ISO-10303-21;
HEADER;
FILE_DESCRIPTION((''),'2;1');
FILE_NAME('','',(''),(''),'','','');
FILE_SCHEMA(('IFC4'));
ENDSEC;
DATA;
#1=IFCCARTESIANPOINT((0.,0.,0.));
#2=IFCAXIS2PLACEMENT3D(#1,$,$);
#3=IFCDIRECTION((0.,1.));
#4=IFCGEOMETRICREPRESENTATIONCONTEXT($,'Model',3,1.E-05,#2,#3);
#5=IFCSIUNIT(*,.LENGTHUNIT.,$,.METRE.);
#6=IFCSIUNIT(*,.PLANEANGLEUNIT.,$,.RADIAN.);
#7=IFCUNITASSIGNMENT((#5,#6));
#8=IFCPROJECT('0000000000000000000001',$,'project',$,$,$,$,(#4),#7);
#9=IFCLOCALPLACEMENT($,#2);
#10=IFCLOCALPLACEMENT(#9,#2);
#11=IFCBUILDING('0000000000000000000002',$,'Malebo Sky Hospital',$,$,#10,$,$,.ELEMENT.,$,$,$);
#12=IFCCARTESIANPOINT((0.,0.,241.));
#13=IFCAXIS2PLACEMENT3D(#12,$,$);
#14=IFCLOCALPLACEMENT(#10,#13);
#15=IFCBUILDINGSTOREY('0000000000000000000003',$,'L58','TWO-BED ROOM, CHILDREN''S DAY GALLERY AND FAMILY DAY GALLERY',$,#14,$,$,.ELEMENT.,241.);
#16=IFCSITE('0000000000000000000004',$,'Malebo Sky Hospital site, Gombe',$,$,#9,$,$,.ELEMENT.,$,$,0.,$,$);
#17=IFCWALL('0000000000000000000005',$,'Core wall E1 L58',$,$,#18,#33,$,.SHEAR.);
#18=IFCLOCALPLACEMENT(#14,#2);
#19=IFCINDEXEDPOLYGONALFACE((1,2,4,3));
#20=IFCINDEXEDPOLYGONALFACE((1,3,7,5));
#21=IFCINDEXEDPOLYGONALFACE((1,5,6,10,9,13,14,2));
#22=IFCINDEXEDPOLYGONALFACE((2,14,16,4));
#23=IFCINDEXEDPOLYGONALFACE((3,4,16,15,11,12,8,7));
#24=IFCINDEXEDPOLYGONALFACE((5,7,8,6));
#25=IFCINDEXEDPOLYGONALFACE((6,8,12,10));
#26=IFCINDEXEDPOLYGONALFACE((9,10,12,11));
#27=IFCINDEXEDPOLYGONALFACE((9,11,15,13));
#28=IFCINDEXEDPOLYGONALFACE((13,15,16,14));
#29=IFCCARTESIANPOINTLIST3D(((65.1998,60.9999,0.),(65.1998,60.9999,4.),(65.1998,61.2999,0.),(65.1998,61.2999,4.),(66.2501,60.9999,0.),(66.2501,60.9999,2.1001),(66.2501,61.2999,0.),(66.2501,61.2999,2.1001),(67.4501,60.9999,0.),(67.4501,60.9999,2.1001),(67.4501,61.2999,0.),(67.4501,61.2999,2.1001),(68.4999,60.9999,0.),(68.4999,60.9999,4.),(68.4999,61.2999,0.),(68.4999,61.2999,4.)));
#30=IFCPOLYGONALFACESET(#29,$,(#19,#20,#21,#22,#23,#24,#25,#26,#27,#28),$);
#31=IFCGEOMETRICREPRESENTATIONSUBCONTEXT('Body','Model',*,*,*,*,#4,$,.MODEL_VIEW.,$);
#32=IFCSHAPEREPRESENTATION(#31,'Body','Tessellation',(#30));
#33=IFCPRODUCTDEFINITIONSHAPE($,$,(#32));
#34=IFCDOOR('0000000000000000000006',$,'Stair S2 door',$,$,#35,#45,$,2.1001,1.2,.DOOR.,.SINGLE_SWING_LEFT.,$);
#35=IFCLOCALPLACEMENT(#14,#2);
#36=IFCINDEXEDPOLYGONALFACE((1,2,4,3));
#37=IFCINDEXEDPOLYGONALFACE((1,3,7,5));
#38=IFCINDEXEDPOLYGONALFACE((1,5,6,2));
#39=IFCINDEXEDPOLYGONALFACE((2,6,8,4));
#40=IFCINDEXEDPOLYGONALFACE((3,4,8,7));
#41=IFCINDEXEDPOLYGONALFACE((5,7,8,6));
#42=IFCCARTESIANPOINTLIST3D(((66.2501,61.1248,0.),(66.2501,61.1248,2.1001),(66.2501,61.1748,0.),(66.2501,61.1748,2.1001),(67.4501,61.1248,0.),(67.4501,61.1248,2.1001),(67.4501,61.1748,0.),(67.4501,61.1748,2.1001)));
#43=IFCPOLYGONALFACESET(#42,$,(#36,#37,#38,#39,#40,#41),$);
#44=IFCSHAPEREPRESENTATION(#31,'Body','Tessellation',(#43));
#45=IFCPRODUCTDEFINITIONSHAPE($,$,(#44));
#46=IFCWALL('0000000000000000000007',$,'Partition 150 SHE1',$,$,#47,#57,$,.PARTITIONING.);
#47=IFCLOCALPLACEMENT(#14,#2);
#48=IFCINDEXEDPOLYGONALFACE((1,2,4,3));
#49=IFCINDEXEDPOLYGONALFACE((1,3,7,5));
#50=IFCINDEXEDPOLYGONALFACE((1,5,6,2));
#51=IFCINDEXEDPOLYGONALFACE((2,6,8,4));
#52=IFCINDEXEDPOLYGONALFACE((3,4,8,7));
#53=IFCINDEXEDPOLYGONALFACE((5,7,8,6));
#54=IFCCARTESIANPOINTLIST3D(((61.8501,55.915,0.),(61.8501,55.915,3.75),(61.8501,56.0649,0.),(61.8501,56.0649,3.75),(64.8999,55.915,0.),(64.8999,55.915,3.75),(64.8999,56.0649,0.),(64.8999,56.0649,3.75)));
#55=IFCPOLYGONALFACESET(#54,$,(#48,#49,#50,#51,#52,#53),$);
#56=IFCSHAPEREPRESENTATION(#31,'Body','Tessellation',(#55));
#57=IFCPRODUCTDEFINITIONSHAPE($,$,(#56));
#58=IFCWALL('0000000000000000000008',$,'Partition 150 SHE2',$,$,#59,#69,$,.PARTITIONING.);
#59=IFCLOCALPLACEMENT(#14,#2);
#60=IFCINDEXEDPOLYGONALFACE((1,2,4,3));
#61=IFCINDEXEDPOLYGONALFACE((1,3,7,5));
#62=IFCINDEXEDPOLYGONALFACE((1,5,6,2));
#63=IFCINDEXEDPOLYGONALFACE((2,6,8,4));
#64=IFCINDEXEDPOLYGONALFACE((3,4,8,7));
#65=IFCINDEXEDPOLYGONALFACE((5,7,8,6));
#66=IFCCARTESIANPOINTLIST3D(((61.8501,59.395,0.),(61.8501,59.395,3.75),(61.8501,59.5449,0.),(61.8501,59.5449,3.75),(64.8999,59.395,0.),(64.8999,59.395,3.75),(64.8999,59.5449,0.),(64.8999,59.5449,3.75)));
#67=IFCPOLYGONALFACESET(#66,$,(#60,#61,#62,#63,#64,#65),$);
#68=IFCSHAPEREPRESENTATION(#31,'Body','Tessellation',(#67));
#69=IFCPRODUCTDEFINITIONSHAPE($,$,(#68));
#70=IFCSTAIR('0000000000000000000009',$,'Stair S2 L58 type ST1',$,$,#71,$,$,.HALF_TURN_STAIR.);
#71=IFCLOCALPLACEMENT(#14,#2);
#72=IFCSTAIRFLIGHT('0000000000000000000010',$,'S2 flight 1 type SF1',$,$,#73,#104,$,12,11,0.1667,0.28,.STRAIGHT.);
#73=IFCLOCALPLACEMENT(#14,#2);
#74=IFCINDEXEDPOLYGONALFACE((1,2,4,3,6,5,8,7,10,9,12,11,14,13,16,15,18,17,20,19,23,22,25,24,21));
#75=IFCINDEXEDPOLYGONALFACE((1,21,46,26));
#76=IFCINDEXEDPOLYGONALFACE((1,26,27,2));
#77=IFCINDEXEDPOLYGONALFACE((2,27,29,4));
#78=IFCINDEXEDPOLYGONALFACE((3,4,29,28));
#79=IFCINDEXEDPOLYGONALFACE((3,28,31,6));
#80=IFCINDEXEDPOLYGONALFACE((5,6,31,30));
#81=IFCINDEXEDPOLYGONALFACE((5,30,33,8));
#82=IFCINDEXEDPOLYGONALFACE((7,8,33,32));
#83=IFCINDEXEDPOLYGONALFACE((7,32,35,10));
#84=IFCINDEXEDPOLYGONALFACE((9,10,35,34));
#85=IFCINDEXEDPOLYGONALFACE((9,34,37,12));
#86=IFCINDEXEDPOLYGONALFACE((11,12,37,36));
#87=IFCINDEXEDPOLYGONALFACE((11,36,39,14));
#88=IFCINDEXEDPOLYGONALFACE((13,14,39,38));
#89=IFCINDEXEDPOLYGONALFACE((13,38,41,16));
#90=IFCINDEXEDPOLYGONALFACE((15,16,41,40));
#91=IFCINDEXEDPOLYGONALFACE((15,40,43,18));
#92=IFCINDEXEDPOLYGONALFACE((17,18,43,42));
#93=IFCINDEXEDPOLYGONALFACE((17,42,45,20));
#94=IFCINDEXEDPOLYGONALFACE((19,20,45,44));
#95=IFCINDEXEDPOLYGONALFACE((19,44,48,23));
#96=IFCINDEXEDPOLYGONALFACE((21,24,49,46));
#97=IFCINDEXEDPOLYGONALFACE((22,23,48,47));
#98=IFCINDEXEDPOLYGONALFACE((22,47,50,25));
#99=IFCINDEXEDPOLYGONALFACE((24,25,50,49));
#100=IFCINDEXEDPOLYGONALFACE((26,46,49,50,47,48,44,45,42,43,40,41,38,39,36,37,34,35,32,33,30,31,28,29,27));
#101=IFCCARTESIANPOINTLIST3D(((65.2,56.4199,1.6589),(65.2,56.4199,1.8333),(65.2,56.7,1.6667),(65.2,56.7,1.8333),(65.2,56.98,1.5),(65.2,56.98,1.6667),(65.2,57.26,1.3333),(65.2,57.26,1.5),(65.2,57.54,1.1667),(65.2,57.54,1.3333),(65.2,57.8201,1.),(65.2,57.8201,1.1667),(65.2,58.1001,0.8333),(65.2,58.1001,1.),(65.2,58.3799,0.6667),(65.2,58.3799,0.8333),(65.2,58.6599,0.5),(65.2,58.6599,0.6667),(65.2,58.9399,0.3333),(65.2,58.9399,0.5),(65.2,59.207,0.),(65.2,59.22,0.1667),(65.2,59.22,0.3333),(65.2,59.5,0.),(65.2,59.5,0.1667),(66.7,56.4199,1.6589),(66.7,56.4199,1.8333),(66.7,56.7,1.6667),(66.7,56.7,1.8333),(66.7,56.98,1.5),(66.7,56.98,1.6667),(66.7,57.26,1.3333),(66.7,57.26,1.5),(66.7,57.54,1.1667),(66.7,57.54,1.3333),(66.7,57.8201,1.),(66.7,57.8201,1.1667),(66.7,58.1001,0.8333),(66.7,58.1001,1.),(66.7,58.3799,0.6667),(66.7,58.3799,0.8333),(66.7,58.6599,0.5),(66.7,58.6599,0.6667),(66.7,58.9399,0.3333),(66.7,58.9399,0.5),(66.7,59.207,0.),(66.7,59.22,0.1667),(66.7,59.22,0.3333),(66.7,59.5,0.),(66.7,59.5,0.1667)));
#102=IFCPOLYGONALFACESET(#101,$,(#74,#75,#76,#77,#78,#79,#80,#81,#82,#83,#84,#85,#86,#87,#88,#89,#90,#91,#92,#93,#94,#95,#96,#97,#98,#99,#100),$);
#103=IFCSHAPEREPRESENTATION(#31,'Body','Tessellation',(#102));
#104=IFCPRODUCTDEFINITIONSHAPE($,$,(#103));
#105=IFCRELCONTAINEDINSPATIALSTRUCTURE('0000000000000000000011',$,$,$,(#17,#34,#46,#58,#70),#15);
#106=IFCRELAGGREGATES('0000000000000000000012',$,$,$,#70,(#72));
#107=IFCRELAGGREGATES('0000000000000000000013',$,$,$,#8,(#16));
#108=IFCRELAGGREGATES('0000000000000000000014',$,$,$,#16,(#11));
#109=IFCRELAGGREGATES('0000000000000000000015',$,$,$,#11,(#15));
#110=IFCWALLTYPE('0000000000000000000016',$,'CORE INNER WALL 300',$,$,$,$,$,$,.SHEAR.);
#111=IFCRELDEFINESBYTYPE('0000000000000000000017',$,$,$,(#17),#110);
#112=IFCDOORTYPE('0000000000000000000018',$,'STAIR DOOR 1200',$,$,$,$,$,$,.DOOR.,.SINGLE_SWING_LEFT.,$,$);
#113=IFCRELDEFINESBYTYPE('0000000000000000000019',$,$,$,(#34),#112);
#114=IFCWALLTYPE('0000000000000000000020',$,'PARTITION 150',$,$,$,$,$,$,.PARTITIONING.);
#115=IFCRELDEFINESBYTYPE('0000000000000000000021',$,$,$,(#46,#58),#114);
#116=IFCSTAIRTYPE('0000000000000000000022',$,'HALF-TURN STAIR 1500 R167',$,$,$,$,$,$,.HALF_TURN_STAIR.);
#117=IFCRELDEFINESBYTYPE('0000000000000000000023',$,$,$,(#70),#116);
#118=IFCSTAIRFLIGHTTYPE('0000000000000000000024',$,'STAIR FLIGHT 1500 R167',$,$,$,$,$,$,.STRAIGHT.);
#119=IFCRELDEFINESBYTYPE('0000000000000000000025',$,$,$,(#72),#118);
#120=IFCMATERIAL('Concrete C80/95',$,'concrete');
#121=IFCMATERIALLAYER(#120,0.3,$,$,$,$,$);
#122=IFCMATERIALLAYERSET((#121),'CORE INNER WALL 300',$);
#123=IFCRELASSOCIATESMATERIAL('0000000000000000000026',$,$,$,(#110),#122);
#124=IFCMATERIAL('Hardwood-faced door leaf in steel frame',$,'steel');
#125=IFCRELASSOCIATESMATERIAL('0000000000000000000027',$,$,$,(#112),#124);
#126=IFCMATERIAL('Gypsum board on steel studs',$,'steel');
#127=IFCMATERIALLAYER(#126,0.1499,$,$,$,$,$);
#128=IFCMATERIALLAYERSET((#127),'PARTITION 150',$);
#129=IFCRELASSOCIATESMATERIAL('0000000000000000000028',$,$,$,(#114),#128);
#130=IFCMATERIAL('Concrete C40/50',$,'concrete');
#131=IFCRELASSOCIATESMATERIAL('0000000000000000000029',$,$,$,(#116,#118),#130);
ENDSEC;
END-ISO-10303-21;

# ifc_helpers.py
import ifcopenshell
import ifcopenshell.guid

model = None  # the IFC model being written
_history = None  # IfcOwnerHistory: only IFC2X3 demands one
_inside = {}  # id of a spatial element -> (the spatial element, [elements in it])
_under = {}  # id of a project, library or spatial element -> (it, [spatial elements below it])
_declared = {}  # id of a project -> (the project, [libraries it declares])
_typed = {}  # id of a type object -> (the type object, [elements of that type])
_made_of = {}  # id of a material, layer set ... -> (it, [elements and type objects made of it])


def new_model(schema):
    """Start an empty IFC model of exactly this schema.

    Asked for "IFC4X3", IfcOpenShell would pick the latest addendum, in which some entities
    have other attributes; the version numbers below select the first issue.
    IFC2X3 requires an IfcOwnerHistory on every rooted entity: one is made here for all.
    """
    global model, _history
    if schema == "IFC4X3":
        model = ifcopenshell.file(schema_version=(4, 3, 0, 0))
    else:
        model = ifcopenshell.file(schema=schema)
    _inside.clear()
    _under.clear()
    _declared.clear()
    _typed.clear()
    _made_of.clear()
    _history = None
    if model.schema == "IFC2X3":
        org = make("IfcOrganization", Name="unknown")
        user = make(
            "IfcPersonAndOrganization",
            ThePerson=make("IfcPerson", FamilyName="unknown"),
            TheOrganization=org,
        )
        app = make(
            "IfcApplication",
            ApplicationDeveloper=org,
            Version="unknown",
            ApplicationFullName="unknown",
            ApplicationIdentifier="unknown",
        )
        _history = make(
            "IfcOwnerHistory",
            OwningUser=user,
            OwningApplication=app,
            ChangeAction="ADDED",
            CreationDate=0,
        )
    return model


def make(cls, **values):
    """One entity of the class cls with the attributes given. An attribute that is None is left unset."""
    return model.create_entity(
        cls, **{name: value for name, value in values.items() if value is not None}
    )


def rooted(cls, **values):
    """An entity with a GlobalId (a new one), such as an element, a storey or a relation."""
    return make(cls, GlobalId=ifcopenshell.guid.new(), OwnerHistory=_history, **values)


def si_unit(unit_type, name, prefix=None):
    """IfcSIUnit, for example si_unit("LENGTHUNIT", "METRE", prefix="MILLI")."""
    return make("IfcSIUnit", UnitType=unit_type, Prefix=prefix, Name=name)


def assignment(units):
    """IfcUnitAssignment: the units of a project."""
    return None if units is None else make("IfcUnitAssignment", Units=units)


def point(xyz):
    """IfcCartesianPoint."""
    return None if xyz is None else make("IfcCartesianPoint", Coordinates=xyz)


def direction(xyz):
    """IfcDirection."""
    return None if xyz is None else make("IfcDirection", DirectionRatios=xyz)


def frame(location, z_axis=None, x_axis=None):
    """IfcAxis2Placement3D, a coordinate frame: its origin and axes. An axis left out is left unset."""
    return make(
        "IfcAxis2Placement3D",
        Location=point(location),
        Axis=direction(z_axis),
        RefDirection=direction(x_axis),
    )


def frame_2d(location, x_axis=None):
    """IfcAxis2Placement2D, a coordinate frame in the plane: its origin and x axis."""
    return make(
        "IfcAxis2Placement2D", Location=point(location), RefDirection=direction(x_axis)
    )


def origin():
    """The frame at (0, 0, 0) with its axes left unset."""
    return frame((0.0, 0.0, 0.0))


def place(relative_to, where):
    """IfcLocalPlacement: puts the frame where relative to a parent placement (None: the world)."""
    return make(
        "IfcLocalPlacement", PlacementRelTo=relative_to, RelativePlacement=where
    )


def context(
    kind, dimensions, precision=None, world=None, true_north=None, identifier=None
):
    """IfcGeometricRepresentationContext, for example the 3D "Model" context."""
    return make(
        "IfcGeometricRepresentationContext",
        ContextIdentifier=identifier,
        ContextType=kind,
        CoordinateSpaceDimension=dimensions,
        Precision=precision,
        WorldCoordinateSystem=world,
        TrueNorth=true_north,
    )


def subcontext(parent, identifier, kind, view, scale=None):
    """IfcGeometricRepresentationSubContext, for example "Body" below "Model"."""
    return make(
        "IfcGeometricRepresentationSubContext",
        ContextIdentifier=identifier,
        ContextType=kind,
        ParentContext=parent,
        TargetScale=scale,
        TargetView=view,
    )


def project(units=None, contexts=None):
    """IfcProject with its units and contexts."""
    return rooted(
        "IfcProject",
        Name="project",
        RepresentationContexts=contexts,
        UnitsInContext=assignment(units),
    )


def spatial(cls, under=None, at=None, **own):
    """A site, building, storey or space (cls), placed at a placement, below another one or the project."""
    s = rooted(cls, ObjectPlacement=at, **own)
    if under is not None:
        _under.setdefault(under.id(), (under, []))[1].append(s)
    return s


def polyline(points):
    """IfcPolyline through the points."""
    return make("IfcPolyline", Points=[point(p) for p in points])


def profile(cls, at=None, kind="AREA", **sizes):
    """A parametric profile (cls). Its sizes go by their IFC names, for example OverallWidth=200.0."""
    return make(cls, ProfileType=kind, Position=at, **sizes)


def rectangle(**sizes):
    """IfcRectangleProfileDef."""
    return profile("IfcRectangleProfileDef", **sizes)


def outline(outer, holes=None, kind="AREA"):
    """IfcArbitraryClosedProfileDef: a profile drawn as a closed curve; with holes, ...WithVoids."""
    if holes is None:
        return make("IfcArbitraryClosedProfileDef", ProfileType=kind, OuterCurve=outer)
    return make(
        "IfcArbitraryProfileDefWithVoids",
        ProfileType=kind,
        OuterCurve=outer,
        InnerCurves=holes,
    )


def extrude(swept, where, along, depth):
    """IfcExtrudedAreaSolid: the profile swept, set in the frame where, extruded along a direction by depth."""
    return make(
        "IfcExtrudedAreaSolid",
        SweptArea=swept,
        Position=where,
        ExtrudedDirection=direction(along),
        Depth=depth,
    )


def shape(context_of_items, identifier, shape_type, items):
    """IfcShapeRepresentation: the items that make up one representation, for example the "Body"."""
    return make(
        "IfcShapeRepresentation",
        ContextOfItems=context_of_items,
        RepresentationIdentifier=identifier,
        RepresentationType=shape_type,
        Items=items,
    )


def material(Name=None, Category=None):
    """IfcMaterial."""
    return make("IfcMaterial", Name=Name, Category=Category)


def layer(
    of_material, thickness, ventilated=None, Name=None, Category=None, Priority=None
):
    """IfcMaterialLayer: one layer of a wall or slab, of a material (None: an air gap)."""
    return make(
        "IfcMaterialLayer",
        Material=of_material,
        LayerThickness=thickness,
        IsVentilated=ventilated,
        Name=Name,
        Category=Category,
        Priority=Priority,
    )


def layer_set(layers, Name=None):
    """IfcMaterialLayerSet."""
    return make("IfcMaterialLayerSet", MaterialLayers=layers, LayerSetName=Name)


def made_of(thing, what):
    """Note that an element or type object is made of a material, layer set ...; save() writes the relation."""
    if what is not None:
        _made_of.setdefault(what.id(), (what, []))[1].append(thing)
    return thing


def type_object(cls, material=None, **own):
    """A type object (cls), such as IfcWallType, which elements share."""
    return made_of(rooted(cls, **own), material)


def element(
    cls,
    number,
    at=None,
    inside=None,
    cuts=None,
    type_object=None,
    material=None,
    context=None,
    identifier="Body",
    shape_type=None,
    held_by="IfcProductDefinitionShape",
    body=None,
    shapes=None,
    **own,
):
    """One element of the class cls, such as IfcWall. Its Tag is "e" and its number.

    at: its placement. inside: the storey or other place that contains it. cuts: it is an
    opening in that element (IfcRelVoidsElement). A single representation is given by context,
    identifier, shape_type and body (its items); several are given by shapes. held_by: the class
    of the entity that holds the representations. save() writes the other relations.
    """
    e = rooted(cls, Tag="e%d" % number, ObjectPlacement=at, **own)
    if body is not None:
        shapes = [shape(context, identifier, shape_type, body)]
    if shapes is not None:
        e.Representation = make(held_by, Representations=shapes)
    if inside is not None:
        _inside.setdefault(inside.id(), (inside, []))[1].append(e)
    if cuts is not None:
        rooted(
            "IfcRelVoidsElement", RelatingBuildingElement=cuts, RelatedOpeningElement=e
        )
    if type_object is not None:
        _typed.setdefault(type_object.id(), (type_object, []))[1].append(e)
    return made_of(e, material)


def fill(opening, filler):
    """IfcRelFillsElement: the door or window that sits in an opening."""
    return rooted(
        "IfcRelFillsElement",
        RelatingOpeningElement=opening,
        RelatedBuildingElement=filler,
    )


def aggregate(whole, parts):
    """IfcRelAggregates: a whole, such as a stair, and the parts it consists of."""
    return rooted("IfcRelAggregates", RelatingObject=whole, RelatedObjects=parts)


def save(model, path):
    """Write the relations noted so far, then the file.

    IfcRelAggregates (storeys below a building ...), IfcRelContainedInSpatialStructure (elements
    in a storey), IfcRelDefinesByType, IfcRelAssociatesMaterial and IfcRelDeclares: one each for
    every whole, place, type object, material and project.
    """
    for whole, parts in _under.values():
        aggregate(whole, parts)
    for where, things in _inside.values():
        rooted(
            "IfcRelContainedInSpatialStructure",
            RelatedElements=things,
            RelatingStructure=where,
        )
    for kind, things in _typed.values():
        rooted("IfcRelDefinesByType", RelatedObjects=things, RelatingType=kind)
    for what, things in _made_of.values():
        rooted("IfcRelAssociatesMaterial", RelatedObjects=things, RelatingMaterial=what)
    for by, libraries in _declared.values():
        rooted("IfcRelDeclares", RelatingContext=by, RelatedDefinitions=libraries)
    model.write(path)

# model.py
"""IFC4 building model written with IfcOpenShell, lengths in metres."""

from ifc_helpers import new_model, si_unit, direction, frame, frame_2d, origin, place, context, subcontext, project, spatial, polyline, rectangle, outline, extrude, material, layer, layer_set, type_object, element, fill, aggregate, save


model = new_model("IFC4")

# Units and contexts
model_context = context("Model", 3, precision=1e-05, world=origin(), true_north=direction((0.0, 1.0)))
body_context = subcontext(model_context, "Body", "Model", "MODEL_VIEW")
ifc_project = project(units=[si_unit("LENGTHUNIT", "METRE"), si_unit("PLANEANGLEUNIT", "RADIAN")], contexts=[model_context])

# Site, building, storey
site_placement = place(None, origin())
site = spatial("IfcSite", under=ifc_project, at=site_placement, Name="Malebo Sky Hospital site, Gombe", CompositionType="ELEMENT", RefElevation=0.0)
building_placement = place(site_placement, origin())
building = spatial("IfcBuilding", under=site, at=building_placement, Name="Malebo Sky Hospital", CompositionType="ELEMENT")
storey_placement = place(building_placement, frame((0.0, 0.0, 241.0)))
storey = spatial("IfcBuildingStorey", under=building, at=storey_placement, Name="L58", Description="TWO-BED ROOM, CHILDREN'S DAY GALLERY AND FAMILY DAY GALLERY", CompositionType="ELEMENT", Elevation=241.0)

# Shared definitions
ifc_material_1 = material(Name="Concrete C80/95", Category="concrete")
ifc_material_2 = material(Name="Hardwood-faced door leaf in steel frame", Category="steel")

# Shared definitions
ifc_layer_1 = layer(ifc_material_1, 0.3)
ifc_layer_set_1 = layer_set([ifc_layer_1], Name="CORE INNER WALL 300")
wall_type_1 = type_object("IfcWallType", Name="CORE INNER WALL 300", PredefinedType="SHEAR", material=ifc_layer_set_1)

# Wall, opening, door
wall_1_placement = place(storey_placement, frame((65.2, 61.1499, 0.0), z_axis=(0.0, 0.0, 1.0), x_axis=(1.0, 0.0, 0.0)))
wall_1 = element("IfcWall", 1, at=wall_1_placement, inside=storey, type_object=wall_type_1, Name="Core wall E1 L58", PredefinedType="SHEAR", context=body_context, shape_type="SweptSolid", body=[
    extrude(rectangle(XDim=3.3, YDim=0.3, at=frame_2d((1.6499, 0.0))), origin(), (0.0, 0.0, 1.0), 4.0),
])
opening_1_placement = place(wall_1_placement, frame((1.05, 0.0, 0.0)))
opening_1 = element("IfcOpeningElement", 2, at=opening_1_placement, cuts=wall_1, PredefinedType="OPENING", context=body_context, shape_type="SweptSolid", body=[
    extrude(rectangle(XDim=1.2, YDim=2.1001, at=frame_2d((0.6001, 1.05))), frame((0.0, 0.1599, 0.0), z_axis=(0.0, -1.0, 0.0), x_axis=(1.0, 0.0, 0.0)), (0.0, 0.0, 1.0), 0.3201),
])
door_type_1 = type_object("IfcDoorType", Name="STAIR DOOR 1200", OperationType="SINGLE_SWING_LEFT", PredefinedType="DOOR", material=ifc_material_2)
door_1_placement = place(opening_1_placement, origin())
door_1 = element("IfcDoor", 3, at=door_1_placement, inside=storey, type_object=door_type_1, Name="Stair S2 door", OperationType="SINGLE_SWING_LEFT", OverallHeight=2.1001, OverallWidth=1.2, PredefinedType="DOOR", context=body_context, shape_type="SweptSolid", body=[
    extrude(rectangle(XDim=1.2, YDim=2.1001, at=frame_2d((0.6001, 1.05))), frame((0.0, 0.0249, 0.0), z_axis=(0.0, -1.0, 0.0), x_axis=(1.0, 0.0, 0.0)), (0.0, 0.0, 1.0), 0.05),
])
fill(opening_1, door_1)

# Walls
ifc_material_3 = material(Name="Gypsum board on steel studs", Category="steel")
ifc_layer_2 = layer(ifc_material_3, 0.1499)
ifc_layer_set_2 = layer_set([ifc_layer_2], Name="PARTITION 150")
wall_type_2 = type_object("IfcWallType", Name="PARTITION 150", PredefinedType="PARTITIONING", material=ifc_layer_set_2)
for number, where, z_axis, x_axis, name in (
    (4, (61.8501, 55.99, 0.0), (0.0, 0.0, 1.0), (1.0, 0.0, 0.0), "Partition 150 SHE1"),
    (5, (61.8501, 59.47, 0.0), (0.0, 0.0, 1.0), (1.0, 0.0, 0.0), "Partition 150 SHE2"),
):
    element("IfcWall", number, at=place(storey_placement, frame(where, z_axis=z_axis, x_axis=x_axis)), inside=storey, type_object=wall_type_2, Name=name, PredefinedType="PARTITIONING", context=body_context, shape_type="SweptSolid", body=[
        extrude(rectangle(XDim=3.0498, YDim=0.1499, at=frame_2d((1.5249, 0.0))), origin(), (0.0, 0.0, 1.0), 3.75),
    ])

# Stair, stair flight
ifc_material_4 = material(Name="Concrete C40/50", Category="concrete")
stair_type = type_object("IfcStairType", Name="HALF-TURN STAIR 1500 R167", PredefinedType="HALF_TURN_STAIR", material=ifc_material_4)
stair_placement = place(storey_placement, origin())
stair = element("IfcStair", 6, at=stair_placement, inside=storey, type_object=stair_type, Name="Stair S2 L58 type ST1", PredefinedType="HALF_TURN_STAIR")
stair_flight_type = type_object("IfcStairFlightType", Name="STAIR FLIGHT 1500 R167", PredefinedType="STRAIGHT", material=ifc_material_4)
stair_flight_placement = place(storey_placement, frame((65.95, 59.5, 0.0), z_axis=(0.0, 0.0, 1.0), x_axis=(0.0, -1.0, 0.0)))
stair_flight = element("IfcStairFlight", 7, at=stair_flight_placement, type_object=stair_flight_type, Name="S2 flight 1 type SF1", NumberOfRisers=12, NumberOfTreads=11, PredefinedType="STRAIGHT", RiserHeight=0.1667, TreadLength=0.28, context=body_context, shape_type="SweptSolid", body=[
    extrude(outline(polyline([(0.0, 0.0), (0.0, 0.1667), (0.28, 0.1667), (0.28, 0.3333), (0.5601, 0.3333), (0.5601, 0.5), (0.8401, 0.5), (0.8401, 0.6667), (1.1201, 0.6667), (1.1201, 0.8333), (1.3999, 0.8333), (1.3999, 1.0), (1.6799, 1.0), (1.6799, 1.1667), (1.96, 1.1667), (1.96, 1.3333), (2.24, 1.3333), (2.24, 1.5), (2.52, 1.5), (2.52, 1.6667), (2.8, 1.6667), (2.8, 1.8333), (3.0801, 1.8333), (3.0801, 2.0), (3.0801, 1.6589), (0.293, 0.0), (0.0, 0.0)])), frame((0.0, 0.75, 0.0), z_axis=(0.0, -1.0, 0.0), x_axis=(1.0, 0.0, 0.0)), (0.0, 0.0, 1.0), 1.5),
])
aggregate(stair, [stair_flight])

save(model, "model.ifc")
